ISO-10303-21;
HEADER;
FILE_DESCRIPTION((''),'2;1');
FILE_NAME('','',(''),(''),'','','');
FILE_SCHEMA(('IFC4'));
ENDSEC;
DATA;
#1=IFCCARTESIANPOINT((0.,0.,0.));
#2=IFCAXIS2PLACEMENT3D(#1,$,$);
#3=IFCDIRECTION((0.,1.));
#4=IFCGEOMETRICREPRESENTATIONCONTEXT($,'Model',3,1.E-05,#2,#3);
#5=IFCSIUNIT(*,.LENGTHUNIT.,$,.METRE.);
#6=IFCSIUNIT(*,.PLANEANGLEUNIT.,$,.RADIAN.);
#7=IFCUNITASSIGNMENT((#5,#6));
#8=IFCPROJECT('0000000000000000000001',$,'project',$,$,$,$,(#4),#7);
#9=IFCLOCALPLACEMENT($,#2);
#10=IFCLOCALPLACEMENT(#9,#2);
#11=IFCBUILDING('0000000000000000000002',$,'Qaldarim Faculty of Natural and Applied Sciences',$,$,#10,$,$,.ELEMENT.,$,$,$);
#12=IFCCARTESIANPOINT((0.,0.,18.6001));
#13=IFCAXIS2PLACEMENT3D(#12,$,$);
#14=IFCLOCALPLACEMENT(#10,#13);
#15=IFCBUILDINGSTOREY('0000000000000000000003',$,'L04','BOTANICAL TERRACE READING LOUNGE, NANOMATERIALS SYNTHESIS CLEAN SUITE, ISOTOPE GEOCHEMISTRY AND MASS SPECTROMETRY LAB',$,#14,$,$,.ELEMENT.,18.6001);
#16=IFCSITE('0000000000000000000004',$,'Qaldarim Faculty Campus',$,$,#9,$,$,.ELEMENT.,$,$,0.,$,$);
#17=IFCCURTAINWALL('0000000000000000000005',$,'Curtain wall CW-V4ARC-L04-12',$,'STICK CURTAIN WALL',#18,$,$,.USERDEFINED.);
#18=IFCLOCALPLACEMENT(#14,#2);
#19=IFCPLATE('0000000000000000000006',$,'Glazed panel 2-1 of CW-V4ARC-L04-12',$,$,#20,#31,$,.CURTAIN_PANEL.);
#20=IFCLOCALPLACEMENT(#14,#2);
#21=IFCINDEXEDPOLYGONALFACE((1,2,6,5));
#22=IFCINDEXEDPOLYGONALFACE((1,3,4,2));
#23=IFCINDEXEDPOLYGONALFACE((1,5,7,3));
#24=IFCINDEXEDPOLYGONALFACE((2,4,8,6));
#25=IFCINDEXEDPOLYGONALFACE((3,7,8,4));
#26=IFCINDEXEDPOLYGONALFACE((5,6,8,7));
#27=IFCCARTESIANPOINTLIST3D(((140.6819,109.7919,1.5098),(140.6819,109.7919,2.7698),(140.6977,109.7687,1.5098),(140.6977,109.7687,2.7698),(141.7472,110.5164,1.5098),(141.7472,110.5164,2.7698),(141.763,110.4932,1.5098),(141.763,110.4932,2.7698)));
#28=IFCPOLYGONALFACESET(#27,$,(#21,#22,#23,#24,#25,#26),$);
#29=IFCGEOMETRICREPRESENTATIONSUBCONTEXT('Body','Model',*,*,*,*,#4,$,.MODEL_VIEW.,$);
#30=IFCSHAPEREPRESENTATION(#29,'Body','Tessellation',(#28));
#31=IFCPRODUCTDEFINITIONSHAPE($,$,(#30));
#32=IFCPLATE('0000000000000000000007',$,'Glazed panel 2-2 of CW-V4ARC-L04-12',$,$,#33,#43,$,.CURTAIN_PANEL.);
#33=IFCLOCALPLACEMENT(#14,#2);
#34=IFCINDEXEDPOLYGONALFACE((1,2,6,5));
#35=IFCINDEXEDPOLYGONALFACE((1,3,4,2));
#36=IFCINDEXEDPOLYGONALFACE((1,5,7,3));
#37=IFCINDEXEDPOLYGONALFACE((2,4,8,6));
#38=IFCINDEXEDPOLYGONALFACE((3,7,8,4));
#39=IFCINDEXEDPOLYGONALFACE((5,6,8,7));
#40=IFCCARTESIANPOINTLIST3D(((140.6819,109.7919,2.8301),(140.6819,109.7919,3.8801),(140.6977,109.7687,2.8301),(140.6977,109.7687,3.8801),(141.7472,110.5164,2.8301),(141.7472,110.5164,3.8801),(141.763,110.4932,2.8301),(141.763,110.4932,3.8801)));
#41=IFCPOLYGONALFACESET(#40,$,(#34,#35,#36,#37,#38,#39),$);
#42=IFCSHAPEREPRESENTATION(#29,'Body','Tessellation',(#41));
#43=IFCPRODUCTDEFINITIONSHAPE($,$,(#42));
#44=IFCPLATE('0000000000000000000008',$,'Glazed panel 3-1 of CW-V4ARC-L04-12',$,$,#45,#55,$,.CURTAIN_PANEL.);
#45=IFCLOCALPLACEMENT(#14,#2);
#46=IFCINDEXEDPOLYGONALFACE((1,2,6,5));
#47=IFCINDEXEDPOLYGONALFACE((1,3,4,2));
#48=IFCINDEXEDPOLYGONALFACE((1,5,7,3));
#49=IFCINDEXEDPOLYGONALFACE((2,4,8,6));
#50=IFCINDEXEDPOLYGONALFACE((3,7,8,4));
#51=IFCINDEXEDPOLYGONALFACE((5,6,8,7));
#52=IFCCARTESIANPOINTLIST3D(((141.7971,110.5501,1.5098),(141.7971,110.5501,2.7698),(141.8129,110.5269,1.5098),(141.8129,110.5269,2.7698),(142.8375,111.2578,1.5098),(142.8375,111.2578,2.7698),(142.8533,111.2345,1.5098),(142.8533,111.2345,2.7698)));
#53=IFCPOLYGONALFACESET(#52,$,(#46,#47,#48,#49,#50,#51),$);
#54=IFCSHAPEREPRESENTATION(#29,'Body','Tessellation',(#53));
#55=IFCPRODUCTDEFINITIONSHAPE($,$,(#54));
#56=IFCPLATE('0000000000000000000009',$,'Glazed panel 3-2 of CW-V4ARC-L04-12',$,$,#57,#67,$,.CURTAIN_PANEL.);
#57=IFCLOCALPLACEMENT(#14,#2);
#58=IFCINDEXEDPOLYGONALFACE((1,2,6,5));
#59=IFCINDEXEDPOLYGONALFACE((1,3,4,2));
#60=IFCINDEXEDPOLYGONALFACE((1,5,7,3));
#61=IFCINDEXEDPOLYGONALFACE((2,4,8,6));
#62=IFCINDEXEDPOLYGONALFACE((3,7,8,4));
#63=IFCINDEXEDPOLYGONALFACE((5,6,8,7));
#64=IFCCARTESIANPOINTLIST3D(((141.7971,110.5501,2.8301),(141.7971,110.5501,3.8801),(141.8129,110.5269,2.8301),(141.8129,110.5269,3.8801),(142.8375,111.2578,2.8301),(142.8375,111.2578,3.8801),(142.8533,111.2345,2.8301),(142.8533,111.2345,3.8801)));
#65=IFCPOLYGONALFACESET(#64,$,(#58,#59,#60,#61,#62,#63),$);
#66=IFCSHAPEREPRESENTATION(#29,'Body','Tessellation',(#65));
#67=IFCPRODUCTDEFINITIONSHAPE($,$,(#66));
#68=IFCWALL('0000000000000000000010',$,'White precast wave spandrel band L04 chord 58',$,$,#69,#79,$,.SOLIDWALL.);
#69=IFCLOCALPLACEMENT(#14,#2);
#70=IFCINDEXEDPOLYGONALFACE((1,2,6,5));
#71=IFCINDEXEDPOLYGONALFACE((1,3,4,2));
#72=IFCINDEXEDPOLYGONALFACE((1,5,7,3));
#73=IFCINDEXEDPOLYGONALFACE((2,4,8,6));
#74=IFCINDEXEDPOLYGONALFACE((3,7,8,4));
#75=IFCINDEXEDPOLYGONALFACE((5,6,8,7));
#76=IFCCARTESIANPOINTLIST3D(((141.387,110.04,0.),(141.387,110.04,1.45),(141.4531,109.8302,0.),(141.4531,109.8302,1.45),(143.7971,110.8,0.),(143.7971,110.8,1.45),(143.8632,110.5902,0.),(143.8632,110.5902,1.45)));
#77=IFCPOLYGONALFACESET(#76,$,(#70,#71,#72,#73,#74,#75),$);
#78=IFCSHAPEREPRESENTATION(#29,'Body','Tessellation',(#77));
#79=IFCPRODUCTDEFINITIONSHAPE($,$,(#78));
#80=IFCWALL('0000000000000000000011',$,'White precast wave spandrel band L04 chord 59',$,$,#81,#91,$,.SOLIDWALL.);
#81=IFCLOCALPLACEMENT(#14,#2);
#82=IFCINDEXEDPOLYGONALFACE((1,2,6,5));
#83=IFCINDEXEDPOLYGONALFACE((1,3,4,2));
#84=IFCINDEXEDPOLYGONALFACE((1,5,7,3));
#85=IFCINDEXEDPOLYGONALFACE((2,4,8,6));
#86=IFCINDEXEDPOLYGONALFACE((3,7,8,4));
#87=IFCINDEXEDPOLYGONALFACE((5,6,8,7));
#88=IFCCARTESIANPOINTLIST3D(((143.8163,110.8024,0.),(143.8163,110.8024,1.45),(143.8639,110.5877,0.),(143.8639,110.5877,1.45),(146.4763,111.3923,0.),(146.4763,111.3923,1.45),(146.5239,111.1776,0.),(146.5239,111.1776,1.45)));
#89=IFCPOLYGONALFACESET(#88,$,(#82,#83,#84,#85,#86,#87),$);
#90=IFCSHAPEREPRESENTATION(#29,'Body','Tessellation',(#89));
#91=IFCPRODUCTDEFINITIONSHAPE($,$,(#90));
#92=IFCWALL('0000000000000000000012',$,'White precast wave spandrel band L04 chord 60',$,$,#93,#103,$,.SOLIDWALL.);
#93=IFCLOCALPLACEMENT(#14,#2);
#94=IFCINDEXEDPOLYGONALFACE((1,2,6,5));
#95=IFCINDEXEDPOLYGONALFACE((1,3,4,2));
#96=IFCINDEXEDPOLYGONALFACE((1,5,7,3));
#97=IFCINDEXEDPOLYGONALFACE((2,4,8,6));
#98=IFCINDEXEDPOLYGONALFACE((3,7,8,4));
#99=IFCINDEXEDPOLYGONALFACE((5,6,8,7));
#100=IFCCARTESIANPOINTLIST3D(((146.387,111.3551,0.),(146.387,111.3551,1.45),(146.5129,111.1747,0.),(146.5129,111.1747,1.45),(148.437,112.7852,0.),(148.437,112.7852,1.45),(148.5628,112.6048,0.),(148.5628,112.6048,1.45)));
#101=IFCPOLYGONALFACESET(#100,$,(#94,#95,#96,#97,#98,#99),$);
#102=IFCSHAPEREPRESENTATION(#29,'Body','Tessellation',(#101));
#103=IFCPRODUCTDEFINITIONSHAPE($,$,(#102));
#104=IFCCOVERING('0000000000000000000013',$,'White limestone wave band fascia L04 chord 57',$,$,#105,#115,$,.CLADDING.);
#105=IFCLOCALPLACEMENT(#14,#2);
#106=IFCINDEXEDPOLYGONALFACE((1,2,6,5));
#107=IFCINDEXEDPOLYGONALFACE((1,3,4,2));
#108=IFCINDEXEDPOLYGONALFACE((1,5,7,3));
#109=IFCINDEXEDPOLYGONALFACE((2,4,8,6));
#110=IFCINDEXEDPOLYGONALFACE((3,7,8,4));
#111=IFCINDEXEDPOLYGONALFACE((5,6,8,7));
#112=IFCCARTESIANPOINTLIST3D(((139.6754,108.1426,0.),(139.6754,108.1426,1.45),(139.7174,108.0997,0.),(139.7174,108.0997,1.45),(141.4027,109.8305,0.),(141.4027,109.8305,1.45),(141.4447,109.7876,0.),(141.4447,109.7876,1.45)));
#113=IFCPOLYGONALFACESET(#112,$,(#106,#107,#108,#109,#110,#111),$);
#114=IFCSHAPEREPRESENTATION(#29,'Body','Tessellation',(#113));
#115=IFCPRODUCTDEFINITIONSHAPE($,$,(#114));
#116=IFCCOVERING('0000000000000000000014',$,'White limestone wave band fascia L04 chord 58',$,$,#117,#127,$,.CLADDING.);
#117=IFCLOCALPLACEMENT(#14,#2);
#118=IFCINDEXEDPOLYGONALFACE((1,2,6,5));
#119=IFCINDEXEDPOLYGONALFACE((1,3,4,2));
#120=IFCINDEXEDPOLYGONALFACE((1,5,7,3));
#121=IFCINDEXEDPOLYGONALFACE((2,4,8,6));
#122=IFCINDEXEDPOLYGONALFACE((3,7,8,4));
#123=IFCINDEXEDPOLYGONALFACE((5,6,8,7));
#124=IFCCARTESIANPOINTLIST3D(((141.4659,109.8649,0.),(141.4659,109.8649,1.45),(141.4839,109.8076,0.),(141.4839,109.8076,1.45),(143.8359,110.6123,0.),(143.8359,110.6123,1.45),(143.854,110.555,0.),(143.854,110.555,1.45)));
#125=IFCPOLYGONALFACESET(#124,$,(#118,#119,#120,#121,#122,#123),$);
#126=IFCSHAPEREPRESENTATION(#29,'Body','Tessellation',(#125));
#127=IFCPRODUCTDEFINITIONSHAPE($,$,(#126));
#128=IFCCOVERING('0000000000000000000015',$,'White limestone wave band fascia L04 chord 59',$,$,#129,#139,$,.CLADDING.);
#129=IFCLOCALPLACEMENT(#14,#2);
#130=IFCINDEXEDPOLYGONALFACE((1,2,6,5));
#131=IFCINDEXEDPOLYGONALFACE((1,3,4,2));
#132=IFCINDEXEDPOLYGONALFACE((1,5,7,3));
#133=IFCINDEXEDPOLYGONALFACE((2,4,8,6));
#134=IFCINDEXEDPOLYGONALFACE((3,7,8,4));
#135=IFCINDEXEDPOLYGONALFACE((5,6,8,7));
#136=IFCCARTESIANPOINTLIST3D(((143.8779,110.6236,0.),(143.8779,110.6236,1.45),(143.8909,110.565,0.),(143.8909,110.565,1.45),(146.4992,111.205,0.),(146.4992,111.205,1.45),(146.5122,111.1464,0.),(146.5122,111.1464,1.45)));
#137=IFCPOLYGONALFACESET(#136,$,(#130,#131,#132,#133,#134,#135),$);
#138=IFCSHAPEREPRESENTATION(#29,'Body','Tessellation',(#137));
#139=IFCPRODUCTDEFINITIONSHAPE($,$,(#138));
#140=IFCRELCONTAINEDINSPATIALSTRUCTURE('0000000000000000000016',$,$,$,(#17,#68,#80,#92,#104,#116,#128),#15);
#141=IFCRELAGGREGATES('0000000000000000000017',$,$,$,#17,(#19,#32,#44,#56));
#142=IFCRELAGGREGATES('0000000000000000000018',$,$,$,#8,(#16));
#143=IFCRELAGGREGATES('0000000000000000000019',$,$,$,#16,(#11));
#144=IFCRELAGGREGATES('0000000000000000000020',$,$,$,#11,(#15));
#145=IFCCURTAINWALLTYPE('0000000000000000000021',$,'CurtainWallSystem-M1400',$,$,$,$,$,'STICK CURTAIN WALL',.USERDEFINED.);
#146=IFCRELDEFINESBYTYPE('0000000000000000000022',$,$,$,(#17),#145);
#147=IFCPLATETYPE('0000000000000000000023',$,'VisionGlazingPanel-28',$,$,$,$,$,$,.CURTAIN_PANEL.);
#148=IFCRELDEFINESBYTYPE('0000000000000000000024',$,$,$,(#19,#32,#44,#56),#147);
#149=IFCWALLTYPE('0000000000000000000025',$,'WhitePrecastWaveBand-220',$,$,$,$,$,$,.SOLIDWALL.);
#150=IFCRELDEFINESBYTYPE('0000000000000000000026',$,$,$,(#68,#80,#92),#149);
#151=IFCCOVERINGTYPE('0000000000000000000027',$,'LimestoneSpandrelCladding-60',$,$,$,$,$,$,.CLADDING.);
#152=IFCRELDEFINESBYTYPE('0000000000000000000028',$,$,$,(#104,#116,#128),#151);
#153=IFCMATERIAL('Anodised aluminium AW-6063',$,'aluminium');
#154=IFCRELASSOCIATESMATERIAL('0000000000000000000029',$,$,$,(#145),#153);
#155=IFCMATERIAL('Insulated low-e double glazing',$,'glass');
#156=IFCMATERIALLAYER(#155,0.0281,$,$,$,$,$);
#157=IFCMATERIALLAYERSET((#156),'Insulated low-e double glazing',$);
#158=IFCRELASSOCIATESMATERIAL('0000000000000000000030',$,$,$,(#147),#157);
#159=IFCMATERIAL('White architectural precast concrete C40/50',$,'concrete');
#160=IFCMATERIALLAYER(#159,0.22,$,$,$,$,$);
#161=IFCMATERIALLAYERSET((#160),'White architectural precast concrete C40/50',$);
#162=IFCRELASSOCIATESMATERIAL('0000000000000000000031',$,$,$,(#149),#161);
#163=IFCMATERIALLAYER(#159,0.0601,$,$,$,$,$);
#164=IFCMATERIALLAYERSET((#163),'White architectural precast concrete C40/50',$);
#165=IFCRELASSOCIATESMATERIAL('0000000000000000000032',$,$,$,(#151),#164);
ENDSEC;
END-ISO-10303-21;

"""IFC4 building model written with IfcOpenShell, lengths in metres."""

from ifc_helpers import new_model, si_unit, direction, frame, frame_2d, origin, origin_2d, place, context, subcontext, project, spatial, rectangle, extrude, material, layer, layer_set, type_object, element, aggregate, save


model = new_model("IFC4")

# Units and contexts
model_context = context("Model", 3, precision=1e-05, world=origin(), true_north=direction((0.0, 1.0)))
body_context = subcontext(model_context, "Body", "Model", "MODEL_VIEW")
ifc_project = project(units=[si_unit("LENGTHUNIT", "METRE"), si_unit("PLANEANGLEUNIT", "RADIAN")], contexts=[model_context])

# Site, building, storey
site_placement = place(None, origin())
site = spatial("IfcSite", under=ifc_project, at=site_placement, Name="Qaldarim Faculty Campus", CompositionType="ELEMENT", RefElevation=0.0)
building_placement = place(site_placement, origin())
building = spatial("IfcBuilding", under=site, at=building_placement, Name="Qaldarim Faculty of Natural and Applied Sciences", CompositionType="ELEMENT")
storey_placement = place(building_placement, frame((0.0, 0.0, 18.6001)))
storey = spatial("IfcBuildingStorey", under=building, at=storey_placement, Name="L04", Description="BOTANICAL TERRACE READING LOUNGE, NANOMATERIALS SYNTHESIS CLEAN SUITE, ISOTOPE GEOCHEMISTRY AND MASS SPECTROMETRY LAB", CompositionType="ELEMENT", Elevation=18.6001)

# Curtain wall
ifc_material_1 = material(Name="Anodised aluminium AW-6063", Category="aluminium")
curtain_wall_type = type_object("IfcCurtainWallType", Name="CurtainWallSystem-M1400", ElementType="STICK CURTAIN WALL", PredefinedType="USERDEFINED", material=ifc_material_1)
curtain_wall_1_placement = place(storey_placement, origin())
curtain_wall_1 = element("IfcCurtainWall", 1, at=curtain_wall_1_placement, inside=storey, type_object=curtain_wall_type, Name="Curtain wall CW-V4ARC-L04-12", ObjectType="STICK CURTAIN WALL", PredefinedType="USERDEFINED")

# Plates
ifc_material_2 = material(Name="Insulated low-e double glazing", Category="glass")
ifc_layer_1 = layer(ifc_material_2, 0.0281)
ifc_layer_set_1 = layer_set([ifc_layer_1], Name="Insulated low-e double glazing")
plate_type = type_object("IfcPlateType", Name="VisionGlazingPanel-28", PredefinedType="CURTAIN_PANEL", material=ifc_layer_set_1)
plate_1_placement = place(storey_placement, frame((141.2224, 110.1426, 1.5098), z_axis=(0.0, 0.0, 1.0), x_axis=(0.826884, 0.562372, 0.0)))
plate_1 = element("IfcPlate", 2, at=plate_1_placement, type_object=plate_type, Name="Glazed panel 2-1 of CW-V4ARC-L04-12", PredefinedType="CURTAIN_PANEL", context=body_context, shape_type="SweptSolid", body=[
    extrude(rectangle(XDim=1.2883, YDim=0.0281, at=origin_2d()), origin(), (0.0, 0.0, 1.0), 1.26),
])
plate_2_placement = place(storey_placement, frame((141.2224, 110.1426, 2.8301), z_axis=(0.0, 0.0, 1.0), x_axis=(0.826884, 0.562372, 0.0)))
plate_2 = element("IfcPlate", 3, at=plate_2_placement, type_object=plate_type, Name="Glazed panel 2-2 of CW-V4ARC-L04-12", PredefinedType="CURTAIN_PANEL", context=body_context, shape_type="SweptSolid", body=[
    extrude(rectangle(XDim=1.2883, YDim=0.0281, at=origin_2d()), origin(), (0.0, 0.0, 1.0), 1.05),
])
plate_3_placement = place(storey_placement, frame((142.3252, 110.8923, 1.5098), z_axis=(0.0, 0.0, 1.0), x_axis=(0.826884, 0.562372, 0.0)))
plate_3 = element("IfcPlate", 4, at=plate_3_placement, type_object=plate_type, Name="Glazed panel 3-1 of CW-V4ARC-L04-12", PredefinedType="CURTAIN_PANEL", context=body_context, shape_type="SweptSolid", body=[
    extrude(rectangle(XDim=1.2583, YDim=0.0281, at=origin_2d()), origin(), (0.0, 0.0, 1.0), 1.26),
])
plate_4_placement = place(storey_placement, frame((142.3252, 110.8923, 2.8301), z_axis=(0.0, 0.0, 1.0), x_axis=(0.826884, 0.562372, 0.0)))
plate_4 = element("IfcPlate", 5, at=plate_4_placement, type_object=plate_type, Name="Glazed panel 3-2 of CW-V4ARC-L04-12", PredefinedType="CURTAIN_PANEL", context=body_context, shape_type="SweptSolid", body=[
    extrude(rectangle(XDim=1.2583, YDim=0.0281, at=origin_2d()), origin(), (0.0, 0.0, 1.0), 1.05),
])
aggregate(curtain_wall_1, [plate_1, plate_2, plate_3, plate_4])

# Walls
ifc_material_3 = material(Name="White architectural precast concrete C40/50", Category="concrete")
ifc_layer_2 = layer(ifc_material_3, 0.22)
ifc_layer_set_2 = layer_set([ifc_layer_2], Name="White architectural precast concrete C40/50")
wall_type = type_object("IfcWallType", Name="WhitePrecastWaveBand-220", PredefinedType="SOLIDWALL", material=ifc_layer_set_2)
wall_1_placement = place(storey_placement, frame((141.4199, 109.9351, 0.0), z_axis=(0.0, 0.0, 1.0), x_axis=(0.953707, 0.300738, 0.0)))
element("IfcWall", 6, at=wall_1_placement, inside=storey, type_object=wall_type, Name="White precast wave spandrel band L04 chord 58", PredefinedType="SOLIDWALL", context=body_context, shape_type="SweptSolid", body=[
    extrude(rectangle(XDim=2.5271, YDim=0.22, at=frame_2d((1.2637, 0.0))), origin(), (0.0, 0.0, 1.0), 1.45),
])
wall_2_placement = place(storey_placement, frame((143.8401, 110.6951, 0.0), z_axis=(0.0, 0.0, 1.0), x_axis=(0.976284, 0.216494, 0.0)))
element("IfcWall", 7, at=wall_2_placement, inside=storey, type_object=wall_type, Name="White precast wave spandrel band L04 chord 59", PredefinedType="SOLIDWALL", context=body_context, shape_type="SweptSolid", body=[
    extrude(rectangle(XDim=2.7246, YDim=0.22, at=frame_2d((1.3623, 0.0))), origin(), (0.0, 0.0, 1.0), 1.45),
])
wall_3_placement = place(storey_placement, frame((146.45, 111.2649, 0.0), z_axis=(0.0, 0.0, 1.0), x_axis=(0.820144, 0.572157, 0.0)))
element("IfcWall", 8, at=wall_3_placement, inside=storey, type_object=wall_type, Name="White precast wave spandrel band L04 chord 60", PredefinedType="SOLIDWALL", context=body_context, shape_type="SweptSolid", body=[
    extrude(rectangle(XDim=2.4995, YDim=0.22, at=frame_2d((1.2498, 0.0))), origin(), (0.0, 0.0, 1.0), 1.45),
])

# Coverings
ifc_layer_3 = layer(ifc_material_3, 0.0601)
ifc_layer_set_3 = layer_set([ifc_layer_3], Name="White architectural precast concrete C40/50")
covering_type = type_object("IfcCoveringType", Name="LimestoneSpandrelCladding-60", PredefinedType="CLADDING", material=ifc_layer_set_3)
covering_1_placement = place(storey_placement, frame((140.5601, 108.9651, 0.0), z_axis=(0.0, 0.0, 1.0), x_axis=(0.715205, 0.698915, 0.0)))
element("IfcCovering", 9, at=covering_1_placement, inside=storey, type_object=covering_type, Name="White limestone wave band fascia L04 chord 57", PredefinedType="CLADDING", context=body_context, shape_type="SweptSolid", body=[
    extrude(rectangle(XDim=2.415, YDim=0.0601, at=origin_2d()), origin(), (0.0, 0.0, 1.0), 1.45),
])
covering_2_placement = place(storey_placement, frame((142.6599, 110.21, 0.0), z_axis=(0.0, 0.0, 1.0), x_axis=(0.953701, 0.300756, 0.0)))
element("IfcCovering", 10, at=covering_2_placement, inside=storey, type_object=covering_type, Name="White limestone wave band fascia L04 chord 58", PredefinedType="CLADDING", context=body_context, shape_type="SweptSolid", body=[
    extrude(rectangle(XDim=2.4851, YDim=0.0601, at=origin_2d()), origin(), (0.0, 0.0, 1.0), 1.45),
])
covering_3_placement = place(storey_placement, frame((145.1951, 110.885, 0.0), z_axis=(0.0, 0.0, 1.0), x_axis=(0.976273, 0.216542, 0.0)))
element("IfcCovering", 11, at=covering_3_placement, inside=storey, type_object=covering_type, Name="White limestone wave band fascia L04 chord 59", PredefinedType="CLADDING", context=body_context, shape_type="SweptSolid", body=[
    extrude(rectangle(XDim=2.6851, YDim=0.0601, at=origin_2d()), origin(), (0.0, 0.0, 1.0), 1.45),
])

save(model, "model.ifc")
